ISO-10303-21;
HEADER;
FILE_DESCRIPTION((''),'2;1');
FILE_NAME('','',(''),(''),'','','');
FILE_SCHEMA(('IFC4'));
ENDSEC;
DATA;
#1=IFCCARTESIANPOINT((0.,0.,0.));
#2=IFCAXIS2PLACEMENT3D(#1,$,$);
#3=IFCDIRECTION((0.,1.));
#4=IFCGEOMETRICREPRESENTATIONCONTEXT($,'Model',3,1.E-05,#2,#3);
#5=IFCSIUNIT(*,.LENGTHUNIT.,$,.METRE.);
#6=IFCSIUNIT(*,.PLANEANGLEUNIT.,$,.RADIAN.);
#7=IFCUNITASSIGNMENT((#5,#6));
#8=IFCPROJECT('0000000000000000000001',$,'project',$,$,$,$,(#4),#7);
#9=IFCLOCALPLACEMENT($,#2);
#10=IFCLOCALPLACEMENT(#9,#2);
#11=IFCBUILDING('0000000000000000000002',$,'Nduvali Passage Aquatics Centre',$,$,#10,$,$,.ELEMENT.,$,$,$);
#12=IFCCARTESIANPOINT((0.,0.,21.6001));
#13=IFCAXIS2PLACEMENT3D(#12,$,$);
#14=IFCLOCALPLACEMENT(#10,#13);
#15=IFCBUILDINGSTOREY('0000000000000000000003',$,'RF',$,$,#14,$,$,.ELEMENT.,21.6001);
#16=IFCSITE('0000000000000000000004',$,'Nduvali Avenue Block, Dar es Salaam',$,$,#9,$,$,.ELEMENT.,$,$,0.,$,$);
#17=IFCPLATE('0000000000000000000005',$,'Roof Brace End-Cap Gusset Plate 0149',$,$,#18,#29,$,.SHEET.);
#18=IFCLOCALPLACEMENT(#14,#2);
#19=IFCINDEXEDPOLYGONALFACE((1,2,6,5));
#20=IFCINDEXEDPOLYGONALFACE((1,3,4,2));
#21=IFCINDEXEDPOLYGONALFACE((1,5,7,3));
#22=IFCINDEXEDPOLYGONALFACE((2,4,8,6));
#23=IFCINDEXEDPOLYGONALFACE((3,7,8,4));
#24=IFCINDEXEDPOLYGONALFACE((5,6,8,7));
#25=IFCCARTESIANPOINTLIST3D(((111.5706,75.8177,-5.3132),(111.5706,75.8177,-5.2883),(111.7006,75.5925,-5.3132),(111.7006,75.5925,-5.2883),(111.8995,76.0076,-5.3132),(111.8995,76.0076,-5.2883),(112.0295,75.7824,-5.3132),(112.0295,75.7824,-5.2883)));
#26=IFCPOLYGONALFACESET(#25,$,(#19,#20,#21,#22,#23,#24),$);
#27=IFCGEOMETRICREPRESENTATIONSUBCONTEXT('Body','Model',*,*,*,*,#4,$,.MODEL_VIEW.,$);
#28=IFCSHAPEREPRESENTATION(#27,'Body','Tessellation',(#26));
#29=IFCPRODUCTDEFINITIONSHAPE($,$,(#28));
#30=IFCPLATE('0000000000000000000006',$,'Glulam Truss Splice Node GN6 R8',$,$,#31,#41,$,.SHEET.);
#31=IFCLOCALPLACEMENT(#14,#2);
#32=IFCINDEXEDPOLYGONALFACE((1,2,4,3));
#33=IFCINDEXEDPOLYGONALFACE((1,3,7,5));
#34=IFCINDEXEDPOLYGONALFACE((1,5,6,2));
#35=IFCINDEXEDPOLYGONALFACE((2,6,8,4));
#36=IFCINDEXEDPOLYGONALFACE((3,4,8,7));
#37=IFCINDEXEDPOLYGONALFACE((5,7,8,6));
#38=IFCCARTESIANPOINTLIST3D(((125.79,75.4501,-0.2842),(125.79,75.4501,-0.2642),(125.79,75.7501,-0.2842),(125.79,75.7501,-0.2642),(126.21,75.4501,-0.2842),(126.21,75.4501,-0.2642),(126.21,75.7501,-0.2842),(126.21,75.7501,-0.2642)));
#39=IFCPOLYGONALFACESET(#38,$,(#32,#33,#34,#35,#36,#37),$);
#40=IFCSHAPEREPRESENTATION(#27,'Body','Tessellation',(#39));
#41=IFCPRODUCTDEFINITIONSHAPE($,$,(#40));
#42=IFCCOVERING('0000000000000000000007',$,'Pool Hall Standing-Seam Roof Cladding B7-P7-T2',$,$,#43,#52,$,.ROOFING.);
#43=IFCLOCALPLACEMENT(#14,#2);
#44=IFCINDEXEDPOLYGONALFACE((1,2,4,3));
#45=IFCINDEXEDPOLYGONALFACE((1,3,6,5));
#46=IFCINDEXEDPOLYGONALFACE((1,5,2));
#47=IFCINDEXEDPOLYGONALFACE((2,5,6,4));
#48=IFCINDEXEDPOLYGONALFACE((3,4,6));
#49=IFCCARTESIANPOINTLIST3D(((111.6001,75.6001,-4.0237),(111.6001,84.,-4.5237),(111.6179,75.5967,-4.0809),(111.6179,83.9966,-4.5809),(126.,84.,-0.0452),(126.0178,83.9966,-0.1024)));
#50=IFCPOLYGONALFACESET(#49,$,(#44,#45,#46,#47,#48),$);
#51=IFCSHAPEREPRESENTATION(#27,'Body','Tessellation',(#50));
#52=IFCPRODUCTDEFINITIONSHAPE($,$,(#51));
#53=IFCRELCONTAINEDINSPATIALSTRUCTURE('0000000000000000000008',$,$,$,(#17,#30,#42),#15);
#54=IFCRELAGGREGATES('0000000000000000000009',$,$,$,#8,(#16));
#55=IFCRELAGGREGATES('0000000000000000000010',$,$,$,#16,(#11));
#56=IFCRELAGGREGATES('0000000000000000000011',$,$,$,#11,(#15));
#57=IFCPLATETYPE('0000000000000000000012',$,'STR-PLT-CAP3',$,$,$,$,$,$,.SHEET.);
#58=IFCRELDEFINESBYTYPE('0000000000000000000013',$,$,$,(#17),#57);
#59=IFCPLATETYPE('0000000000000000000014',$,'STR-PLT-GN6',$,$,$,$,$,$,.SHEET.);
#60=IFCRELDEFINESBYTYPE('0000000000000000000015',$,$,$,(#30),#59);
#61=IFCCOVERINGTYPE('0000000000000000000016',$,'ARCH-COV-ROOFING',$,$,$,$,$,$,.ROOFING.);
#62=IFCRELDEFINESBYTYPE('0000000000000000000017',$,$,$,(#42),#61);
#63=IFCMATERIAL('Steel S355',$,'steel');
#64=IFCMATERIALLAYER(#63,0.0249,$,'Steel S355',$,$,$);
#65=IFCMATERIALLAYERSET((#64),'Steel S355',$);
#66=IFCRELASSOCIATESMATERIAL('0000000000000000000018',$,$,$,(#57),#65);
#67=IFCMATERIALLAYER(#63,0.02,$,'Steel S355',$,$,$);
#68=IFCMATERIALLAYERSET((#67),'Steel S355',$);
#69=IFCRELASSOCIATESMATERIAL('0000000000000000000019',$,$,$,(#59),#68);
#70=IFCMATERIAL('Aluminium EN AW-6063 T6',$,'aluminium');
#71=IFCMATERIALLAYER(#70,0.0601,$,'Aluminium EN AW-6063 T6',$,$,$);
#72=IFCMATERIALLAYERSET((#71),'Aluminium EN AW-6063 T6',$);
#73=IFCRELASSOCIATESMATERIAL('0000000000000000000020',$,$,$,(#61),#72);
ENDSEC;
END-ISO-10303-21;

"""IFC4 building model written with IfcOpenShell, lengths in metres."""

from ifc_helpers import new_model, si_unit, direction, frame, origin, origin_2d, place, context, subcontext, project, spatial, polyline, rectangle, outline, extrude, material, layer, layer_set, type_object, element, save


model = new_model("IFC4")

# Units and contexts
model_context = context("Model", 3, precision=1e-05, world=origin(), true_north=direction((0.0, 1.0)))
body_context = subcontext(model_context, "Body", "Model", "MODEL_VIEW")
ifc_project = project(units=[si_unit("LENGTHUNIT", "METRE"), si_unit("PLANEANGLEUNIT", "RADIAN")], contexts=[model_context])

# Site, building, storey
site_placement = place(None, origin())
site = spatial("IfcSite", under=ifc_project, at=site_placement, Name="Nduvali Avenue Block, Dar es Salaam", CompositionType="ELEMENT", RefElevation=0.0)
building_placement = place(site_placement, origin())
building = spatial("IfcBuilding", under=site, at=building_placement, Name="Nduvali Passage Aquatics Centre", CompositionType="ELEMENT")
storey_placement = place(building_placement, frame((0.0, 0.0, 21.6001)))
storey = spatial("IfcBuildingStorey", under=building, at=storey_placement, Name="RF", CompositionType="ELEMENT", Elevation=21.6001)

# Shared definitions
ifc_material_1 = material(Name="Steel S355", Category="steel")

# Plates
ifc_layer_1 = layer(ifc_material_1, 0.0249, Name="Steel S355")
ifc_layer_set_1 = layer_set([ifc_layer_1], Name="Steel S355")
plate_type_1 = type_object("IfcPlateType", Name="STR-PLT-CAP3", PredefinedType="SHEET", material=ifc_layer_set_1)
for number, where, z_axis, x_axis, name in (
    (1, (111.8, 75.8, -5.3132), (0.0, 0.0, 1.0), (0.866025, 0.5, 0.0), "Roof Brace End-Cap Gusset Plate 0149"),
):
    element("IfcPlate", number, at=place(storey_placement, frame(where, z_axis=z_axis, x_axis=x_axis)), inside=storey, type_object=plate_type_1, Name=name, PredefinedType="SHEET", context=body_context, shape_type="SweptSolid", body=[
        extrude(rectangle(XDim=0.3799, YDim=0.26, at=origin_2d()), origin(), (0.0, 0.0, 1.0), 0.0249),
    ])
ifc_layer_2 = layer(ifc_material_1, 0.02, Name="Steel S355")
ifc_layer_set_2 = layer_set([ifc_layer_2], Name="Steel S355")
plate_type_2 = type_object("IfcPlateType", Name="STR-PLT-GN6", PredefinedType="SHEET", material=ifc_layer_set_2)
plate_placement = place(storey_placement, frame((126.0, 75.6001, -0.2842), z_axis=(0.0, 0.0, 1.0), x_axis=(1.0, 0.0, 0.0)))
element("IfcPlate", 2, at=plate_placement, inside=storey, type_object=plate_type_2, Name="Glulam Truss Splice Node GN6 R8", PredefinedType="SHEET", context=body_context, shape_type="SweptSolid", body=[
    extrude(rectangle(XDim=0.4199, YDim=0.3, at=origin_2d()), origin(), (0.0, 0.0, 1.0), 0.02),
])

# Covering
ifc_material_2 = material(Name="Aluminium EN AW-6063 T6", Category="aluminium")
ifc_layer_3 = layer(ifc_material_2, 0.0601, Name="Aluminium EN AW-6063 T6")
ifc_layer_set_3 = layer_set([ifc_layer_3], Name="Aluminium EN AW-6063 T6")
covering_type = type_object("IfcCoveringType", Name="ARCH-COV-ROOFING", PredefinedType="ROOFING", material=ifc_layer_set_3)
covering_placement = place(storey_placement, frame((111.6001, 75.6001, -4.0237), z_axis=(-0.2965, 0.056747, 0.953345), x_axis=(0.840185, 0.490106, 0.232133)))
element("IfcCovering", 3, at=covering_placement, inside=storey, type_object=covering_type, Name="Pool Hall Standing-Seam Roof Cladding B7-P7-T2", PredefinedType="ROOFING", context=body_context, shape_type="SweptSolid", body=[
    extrude(outline(polyline([(0.0, 0.0), (17.139, 0.0), (4.0008, 7.4028), (0.0, 0.0)])), origin(), (0.0, 0.0, -1.0), 0.0601),
])

save(model, "model.ifc")
